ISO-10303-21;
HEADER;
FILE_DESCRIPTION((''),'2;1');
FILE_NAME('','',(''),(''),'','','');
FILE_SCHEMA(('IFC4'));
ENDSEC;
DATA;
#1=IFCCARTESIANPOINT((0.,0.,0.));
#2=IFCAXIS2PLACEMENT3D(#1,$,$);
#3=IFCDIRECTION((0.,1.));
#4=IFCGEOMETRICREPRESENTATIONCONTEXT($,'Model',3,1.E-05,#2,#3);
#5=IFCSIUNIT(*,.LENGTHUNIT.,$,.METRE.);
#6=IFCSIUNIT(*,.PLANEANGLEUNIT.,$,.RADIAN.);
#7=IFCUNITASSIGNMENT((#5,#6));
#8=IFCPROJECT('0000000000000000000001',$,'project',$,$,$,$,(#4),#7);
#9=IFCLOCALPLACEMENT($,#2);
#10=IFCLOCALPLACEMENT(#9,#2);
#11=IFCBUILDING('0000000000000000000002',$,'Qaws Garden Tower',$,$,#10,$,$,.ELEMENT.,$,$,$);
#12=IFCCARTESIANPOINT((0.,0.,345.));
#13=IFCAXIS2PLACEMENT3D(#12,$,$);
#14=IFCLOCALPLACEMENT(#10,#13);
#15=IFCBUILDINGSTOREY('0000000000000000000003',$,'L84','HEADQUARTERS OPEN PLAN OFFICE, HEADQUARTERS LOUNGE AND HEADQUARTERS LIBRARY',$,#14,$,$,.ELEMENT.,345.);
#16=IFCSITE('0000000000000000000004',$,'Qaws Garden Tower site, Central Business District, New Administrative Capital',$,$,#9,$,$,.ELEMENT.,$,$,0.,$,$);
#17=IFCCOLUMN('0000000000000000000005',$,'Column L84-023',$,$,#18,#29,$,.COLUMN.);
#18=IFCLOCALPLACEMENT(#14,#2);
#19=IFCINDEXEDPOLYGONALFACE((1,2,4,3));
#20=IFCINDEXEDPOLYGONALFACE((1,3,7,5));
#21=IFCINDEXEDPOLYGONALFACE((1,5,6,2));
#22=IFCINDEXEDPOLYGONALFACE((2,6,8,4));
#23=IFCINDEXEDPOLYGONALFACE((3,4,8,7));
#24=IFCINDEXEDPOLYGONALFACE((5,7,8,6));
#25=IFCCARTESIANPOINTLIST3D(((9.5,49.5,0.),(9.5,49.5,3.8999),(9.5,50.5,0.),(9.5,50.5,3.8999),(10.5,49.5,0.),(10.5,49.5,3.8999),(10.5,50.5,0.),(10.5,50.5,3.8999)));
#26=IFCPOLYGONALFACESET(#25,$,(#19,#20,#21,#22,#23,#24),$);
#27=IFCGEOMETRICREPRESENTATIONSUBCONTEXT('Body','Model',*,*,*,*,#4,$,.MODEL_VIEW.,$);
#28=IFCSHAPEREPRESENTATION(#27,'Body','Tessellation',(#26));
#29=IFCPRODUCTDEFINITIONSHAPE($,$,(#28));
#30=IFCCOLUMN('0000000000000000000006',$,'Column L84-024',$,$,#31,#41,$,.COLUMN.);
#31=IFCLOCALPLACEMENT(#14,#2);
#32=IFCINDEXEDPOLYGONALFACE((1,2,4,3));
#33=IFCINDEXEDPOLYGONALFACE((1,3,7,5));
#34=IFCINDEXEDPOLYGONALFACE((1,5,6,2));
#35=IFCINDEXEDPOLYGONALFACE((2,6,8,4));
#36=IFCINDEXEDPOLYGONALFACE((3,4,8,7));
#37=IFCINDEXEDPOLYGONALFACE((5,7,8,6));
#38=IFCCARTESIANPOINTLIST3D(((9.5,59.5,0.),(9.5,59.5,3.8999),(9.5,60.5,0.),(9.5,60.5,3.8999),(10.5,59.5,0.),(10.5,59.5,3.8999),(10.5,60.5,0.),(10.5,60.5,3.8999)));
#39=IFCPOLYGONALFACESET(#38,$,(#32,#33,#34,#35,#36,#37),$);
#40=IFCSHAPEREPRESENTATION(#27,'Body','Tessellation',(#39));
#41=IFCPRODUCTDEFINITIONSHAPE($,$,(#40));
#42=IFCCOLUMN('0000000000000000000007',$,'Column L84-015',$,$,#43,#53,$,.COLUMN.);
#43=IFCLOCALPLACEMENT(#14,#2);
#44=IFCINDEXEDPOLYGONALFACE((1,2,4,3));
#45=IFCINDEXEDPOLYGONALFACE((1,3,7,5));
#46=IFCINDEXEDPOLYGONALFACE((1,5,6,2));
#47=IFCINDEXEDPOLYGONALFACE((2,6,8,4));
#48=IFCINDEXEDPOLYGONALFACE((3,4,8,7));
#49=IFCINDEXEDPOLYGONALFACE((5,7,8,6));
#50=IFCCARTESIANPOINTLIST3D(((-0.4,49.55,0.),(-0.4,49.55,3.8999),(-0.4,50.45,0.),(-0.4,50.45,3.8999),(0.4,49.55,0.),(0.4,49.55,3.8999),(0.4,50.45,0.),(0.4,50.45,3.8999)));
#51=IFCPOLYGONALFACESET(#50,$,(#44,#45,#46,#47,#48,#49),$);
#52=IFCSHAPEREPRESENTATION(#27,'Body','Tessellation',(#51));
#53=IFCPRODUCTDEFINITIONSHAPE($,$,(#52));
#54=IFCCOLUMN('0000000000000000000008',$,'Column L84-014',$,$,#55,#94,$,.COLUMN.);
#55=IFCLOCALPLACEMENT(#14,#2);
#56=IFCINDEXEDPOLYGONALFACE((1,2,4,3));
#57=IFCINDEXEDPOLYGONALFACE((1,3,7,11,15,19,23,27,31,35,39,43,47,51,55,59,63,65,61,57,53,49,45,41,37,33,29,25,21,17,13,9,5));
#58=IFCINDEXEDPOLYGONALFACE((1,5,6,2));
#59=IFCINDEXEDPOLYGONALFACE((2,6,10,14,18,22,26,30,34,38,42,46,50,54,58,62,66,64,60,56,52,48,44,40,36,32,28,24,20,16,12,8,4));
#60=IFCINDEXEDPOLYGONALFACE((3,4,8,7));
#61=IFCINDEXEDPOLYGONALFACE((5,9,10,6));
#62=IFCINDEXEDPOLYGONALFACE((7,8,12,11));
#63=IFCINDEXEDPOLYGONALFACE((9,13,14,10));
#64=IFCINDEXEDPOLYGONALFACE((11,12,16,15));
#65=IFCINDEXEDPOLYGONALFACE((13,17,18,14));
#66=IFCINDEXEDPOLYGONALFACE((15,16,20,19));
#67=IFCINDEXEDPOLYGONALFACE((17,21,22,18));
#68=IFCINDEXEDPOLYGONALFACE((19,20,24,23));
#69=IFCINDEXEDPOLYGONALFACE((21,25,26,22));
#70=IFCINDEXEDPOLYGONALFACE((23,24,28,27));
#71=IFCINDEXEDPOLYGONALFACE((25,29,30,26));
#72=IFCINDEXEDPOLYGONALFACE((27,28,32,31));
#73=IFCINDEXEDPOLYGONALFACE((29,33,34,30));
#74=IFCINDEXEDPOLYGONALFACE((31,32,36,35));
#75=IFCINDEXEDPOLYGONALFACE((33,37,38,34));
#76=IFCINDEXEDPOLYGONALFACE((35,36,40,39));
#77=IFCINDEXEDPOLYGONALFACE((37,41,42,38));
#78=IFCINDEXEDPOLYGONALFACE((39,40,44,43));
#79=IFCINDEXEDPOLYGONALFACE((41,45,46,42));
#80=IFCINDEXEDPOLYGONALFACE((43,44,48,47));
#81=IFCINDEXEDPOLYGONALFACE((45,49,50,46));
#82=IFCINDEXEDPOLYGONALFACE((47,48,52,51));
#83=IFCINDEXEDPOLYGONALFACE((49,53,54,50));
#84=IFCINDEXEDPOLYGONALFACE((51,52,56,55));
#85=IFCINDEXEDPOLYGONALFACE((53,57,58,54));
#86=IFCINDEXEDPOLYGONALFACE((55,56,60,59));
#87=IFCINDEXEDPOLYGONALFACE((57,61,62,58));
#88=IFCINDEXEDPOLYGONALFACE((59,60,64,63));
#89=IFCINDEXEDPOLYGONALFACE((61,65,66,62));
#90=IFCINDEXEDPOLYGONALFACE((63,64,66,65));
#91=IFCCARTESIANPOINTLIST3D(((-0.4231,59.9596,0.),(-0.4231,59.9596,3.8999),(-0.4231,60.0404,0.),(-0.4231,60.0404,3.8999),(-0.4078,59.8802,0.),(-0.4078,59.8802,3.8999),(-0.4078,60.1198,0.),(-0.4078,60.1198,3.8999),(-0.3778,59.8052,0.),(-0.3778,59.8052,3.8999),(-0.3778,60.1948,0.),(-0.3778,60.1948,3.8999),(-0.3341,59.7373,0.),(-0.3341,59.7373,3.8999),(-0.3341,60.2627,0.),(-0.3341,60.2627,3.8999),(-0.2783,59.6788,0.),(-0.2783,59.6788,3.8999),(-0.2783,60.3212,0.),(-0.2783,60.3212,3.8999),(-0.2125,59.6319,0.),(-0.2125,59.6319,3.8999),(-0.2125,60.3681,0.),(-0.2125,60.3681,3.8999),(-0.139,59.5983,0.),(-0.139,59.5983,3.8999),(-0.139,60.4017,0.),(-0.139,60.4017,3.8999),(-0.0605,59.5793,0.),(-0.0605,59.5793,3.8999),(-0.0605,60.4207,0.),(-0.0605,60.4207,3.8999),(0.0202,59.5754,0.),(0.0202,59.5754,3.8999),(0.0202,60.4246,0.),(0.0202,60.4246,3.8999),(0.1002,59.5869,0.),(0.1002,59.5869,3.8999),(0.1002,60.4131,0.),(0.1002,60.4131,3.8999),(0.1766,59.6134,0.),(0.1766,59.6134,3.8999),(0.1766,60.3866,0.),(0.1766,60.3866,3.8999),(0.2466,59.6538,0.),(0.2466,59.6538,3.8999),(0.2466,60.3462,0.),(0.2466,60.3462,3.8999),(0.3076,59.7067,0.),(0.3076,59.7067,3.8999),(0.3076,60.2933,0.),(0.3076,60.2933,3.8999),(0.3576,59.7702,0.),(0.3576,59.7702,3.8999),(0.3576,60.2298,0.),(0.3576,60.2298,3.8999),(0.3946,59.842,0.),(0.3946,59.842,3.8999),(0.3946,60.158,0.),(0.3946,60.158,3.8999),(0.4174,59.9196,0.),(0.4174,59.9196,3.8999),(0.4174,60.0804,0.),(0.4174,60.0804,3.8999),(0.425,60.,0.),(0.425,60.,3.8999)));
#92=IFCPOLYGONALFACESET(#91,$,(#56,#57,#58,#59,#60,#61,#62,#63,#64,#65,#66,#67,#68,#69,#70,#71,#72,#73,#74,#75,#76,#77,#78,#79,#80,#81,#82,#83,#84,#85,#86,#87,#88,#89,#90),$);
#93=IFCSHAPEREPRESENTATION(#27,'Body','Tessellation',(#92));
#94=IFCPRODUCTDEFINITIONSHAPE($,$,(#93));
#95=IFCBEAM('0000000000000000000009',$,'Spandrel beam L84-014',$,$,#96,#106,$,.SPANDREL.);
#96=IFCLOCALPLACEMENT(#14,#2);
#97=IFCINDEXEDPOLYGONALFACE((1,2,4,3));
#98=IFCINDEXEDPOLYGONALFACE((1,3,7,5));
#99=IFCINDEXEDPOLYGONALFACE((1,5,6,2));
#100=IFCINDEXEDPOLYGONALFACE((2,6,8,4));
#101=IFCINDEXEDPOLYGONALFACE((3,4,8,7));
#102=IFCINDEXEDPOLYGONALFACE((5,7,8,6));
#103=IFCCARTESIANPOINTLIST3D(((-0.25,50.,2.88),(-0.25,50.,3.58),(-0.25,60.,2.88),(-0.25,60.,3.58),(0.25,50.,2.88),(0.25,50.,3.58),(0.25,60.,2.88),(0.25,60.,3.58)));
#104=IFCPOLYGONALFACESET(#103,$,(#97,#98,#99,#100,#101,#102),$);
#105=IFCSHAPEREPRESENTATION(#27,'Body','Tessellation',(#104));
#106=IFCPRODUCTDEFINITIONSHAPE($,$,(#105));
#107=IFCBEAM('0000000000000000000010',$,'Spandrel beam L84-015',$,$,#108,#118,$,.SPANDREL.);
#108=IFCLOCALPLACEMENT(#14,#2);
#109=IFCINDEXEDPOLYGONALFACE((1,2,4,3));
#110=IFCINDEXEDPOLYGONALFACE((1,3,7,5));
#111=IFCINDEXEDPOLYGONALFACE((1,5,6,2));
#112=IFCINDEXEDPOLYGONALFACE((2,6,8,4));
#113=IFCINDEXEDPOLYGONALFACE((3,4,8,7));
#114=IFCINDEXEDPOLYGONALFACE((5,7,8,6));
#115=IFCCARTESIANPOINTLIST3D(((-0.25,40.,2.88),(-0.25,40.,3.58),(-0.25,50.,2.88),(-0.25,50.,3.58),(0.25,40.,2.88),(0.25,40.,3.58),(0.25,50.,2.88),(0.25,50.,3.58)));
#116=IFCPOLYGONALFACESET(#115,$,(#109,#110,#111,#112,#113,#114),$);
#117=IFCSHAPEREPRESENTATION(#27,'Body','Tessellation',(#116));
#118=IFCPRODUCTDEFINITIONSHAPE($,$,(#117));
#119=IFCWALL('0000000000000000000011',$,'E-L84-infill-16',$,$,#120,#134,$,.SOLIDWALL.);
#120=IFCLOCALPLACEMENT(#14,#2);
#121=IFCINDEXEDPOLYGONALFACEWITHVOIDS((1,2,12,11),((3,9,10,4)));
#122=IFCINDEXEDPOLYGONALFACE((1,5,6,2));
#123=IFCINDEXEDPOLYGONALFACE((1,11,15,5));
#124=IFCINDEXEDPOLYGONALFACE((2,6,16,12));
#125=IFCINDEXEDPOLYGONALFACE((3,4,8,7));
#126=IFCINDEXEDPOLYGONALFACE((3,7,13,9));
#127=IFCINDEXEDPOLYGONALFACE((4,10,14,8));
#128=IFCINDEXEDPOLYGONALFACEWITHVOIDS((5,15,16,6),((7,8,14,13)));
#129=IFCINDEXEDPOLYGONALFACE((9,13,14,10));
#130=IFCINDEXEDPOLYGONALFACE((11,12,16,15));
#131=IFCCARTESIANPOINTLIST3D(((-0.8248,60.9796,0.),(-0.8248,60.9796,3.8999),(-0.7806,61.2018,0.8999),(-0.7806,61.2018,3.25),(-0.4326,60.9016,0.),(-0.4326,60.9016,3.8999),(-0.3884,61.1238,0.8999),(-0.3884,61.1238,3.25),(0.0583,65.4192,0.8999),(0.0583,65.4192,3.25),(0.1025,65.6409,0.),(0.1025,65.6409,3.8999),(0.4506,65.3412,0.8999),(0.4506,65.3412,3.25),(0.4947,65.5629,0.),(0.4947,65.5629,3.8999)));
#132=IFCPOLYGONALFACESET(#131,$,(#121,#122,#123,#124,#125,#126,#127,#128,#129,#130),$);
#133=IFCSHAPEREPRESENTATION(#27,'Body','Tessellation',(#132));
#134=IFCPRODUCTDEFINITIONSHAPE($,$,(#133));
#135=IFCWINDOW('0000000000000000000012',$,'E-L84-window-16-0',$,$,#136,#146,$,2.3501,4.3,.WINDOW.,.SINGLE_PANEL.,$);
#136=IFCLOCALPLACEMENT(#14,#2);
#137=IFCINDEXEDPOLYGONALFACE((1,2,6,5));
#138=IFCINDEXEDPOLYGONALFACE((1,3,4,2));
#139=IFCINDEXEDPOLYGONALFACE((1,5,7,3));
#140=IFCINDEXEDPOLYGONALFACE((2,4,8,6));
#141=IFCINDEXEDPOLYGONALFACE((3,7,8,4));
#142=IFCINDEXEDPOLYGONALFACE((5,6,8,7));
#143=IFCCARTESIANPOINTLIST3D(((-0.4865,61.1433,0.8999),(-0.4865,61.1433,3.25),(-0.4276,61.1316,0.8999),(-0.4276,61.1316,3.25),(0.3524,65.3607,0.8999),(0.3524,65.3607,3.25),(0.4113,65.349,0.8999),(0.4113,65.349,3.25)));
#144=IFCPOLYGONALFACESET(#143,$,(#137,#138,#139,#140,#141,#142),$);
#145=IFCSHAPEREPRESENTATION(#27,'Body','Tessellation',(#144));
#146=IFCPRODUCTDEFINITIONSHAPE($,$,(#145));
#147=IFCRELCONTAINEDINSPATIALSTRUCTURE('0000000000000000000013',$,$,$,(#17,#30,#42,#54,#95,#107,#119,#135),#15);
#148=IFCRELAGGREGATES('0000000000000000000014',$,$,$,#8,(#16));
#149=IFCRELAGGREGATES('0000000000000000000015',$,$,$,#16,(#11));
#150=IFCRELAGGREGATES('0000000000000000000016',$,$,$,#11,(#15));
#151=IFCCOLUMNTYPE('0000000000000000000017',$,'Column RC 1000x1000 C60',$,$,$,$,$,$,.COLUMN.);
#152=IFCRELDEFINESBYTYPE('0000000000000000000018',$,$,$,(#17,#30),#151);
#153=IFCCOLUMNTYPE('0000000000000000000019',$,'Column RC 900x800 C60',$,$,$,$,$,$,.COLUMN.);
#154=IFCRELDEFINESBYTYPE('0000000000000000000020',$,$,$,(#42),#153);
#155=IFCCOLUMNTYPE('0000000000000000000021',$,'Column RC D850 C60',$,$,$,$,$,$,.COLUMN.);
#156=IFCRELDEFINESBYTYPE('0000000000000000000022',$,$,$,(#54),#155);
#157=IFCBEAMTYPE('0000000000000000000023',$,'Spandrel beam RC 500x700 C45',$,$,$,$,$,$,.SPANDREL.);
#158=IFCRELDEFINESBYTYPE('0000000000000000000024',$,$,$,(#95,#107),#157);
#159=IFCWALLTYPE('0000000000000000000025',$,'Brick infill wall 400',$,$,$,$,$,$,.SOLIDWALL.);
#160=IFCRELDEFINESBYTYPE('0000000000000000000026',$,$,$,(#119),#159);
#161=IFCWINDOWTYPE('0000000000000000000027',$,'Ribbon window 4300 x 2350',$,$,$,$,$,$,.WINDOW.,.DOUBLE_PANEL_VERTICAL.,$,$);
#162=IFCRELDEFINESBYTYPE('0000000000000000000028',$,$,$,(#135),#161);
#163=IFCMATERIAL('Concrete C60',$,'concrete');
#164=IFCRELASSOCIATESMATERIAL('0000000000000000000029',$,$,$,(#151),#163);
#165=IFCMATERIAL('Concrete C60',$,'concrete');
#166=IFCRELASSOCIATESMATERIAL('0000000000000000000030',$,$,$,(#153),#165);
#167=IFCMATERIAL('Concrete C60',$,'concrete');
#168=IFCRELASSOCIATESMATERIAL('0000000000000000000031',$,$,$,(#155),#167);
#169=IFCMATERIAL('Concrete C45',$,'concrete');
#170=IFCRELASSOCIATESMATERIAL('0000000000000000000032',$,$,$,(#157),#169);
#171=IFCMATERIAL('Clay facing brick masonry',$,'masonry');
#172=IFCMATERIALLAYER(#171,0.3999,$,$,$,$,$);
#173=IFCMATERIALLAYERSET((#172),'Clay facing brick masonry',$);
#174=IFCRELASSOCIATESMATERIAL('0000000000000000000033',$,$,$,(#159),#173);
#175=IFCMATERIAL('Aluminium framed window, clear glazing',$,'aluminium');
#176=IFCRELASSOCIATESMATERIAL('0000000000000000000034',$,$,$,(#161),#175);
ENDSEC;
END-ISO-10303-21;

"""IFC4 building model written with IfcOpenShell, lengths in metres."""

from ifc_helpers import new_model, si_unit, direction, frame, frame_2d, origin, origin_2d, place, context, subcontext, project, spatial, rectangle, circle, extrude, material, layer, layer_set, material_profile, profile_set, type_object, element, fill, save


model = new_model("IFC4")

# Units and contexts
model_context = context("Model", 3, precision=1e-05, world=origin(), true_north=direction((0.0, 1.0)))
body_context = subcontext(model_context, "Body", "Model", "MODEL_VIEW")
ifc_project = project(units=[si_unit("LENGTHUNIT", "METRE"), si_unit("PLANEANGLEUNIT", "RADIAN")], contexts=[model_context])

# Site, building, storey
site_placement = place(None, origin())
site = spatial("IfcSite", under=ifc_project, at=site_placement, Name="Qaws Garden Tower site, Central Business District, New Administrative Capital", CompositionType="ELEMENT", RefElevation=0.0)
building_placement = place(site_placement, origin())
building = spatial("IfcBuilding", under=site, at=building_placement, Name="Qaws Garden Tower", CompositionType="ELEMENT")
storey_placement = place(building_placement, frame((0.0, 0.0, 345.0)))
storey = spatial("IfcBuildingStorey", under=building, at=storey_placement, Name="L84", Description="HEADQUARTERS OPEN PLAN OFFICE, HEADQUARTERS LOUNGE AND HEADQUARTERS LIBRARY", CompositionType="ELEMENT", Elevation=345.0)

# Columns
ifc_material_1 = material(Name="Concrete C60", Category="concrete")
ifc_material_profile_1 = material_profile(ifc_material_1, rectangle(XDim=1.0, YDim=1.0, at=origin_2d()), Name="RC 1000x1000")
ifc_profile_set_1 = profile_set([ifc_material_profile_1], Name="Concrete C60")
column_type_1 = type_object("IfcColumnType", Name="Column RC 1000x1000 C60", PredefinedType="COLUMN", material=ifc_profile_set_1)
for number, where, z_axis, x_axis, name in (
    (1, (10.0, 50.0, 0.0), (0.0, 0.0, 1.0), (1.0, 0.0, 0.0), "Column L84-023"),
    (2, (10.0, 60.0, 0.0), (0.0, 0.0, 1.0), (1.0, 0.0, 0.0), "Column L84-024"),
):
    element("IfcColumn", number, at=place(storey_placement, frame(where, z_axis=z_axis, x_axis=x_axis)), inside=storey, type_object=column_type_1, Name=name, PredefinedType="COLUMN", context=body_context, shape_type="SweptSolid", body=[
        extrude(rectangle(XDim=1.0, YDim=1.0, at=origin_2d()), origin(), (0.0, 0.0, 1.0), 3.8999),
    ])
ifc_material_2 = material(Name="Concrete C60", Category="concrete")
ifc_material_profile_2 = material_profile(ifc_material_2, rectangle(XDim=0.8999, YDim=0.8, at=origin_2d()), Name="RC 900x800")
ifc_profile_set_2 = profile_set([ifc_material_profile_2], Name="Concrete C60")
column_type_2 = type_object("IfcColumnType", Name="Column RC 900x800 C60", PredefinedType="COLUMN", material=ifc_profile_set_2)
column_1_placement = place(storey_placement, frame((0.0, 50.0, 0.0), z_axis=(0.0, 0.0, 1.0), x_axis=(0.0, 1.0, 0.0)))
element("IfcColumn", 3, at=column_1_placement, inside=storey, type_object=column_type_2, Name="Column L84-015", PredefinedType="COLUMN", context=body_context, shape_type="SweptSolid", body=[
    extrude(rectangle(XDim=0.8999, YDim=0.8, at=origin_2d()), origin(), (0.0, 0.0, 1.0), 3.8999),
])
ifc_material_3 = material(Name="Concrete C60", Category="concrete")
ifc_material_profile_3 = material_profile(ifc_material_3, circle(Radius=0.425, at=origin_2d()), Name="RC D850")
ifc_profile_set_3 = profile_set([ifc_material_profile_3], Name="Concrete C60")
column_type_3 = type_object("IfcColumnType", Name="Column RC D850 C60", PredefinedType="COLUMN", material=ifc_profile_set_3)
column_2_placement = place(storey_placement, frame((0.0, 60.0, 0.0), z_axis=(0.0, 0.0, 1.0), x_axis=(1.0, 0.0, 0.0)))
element("IfcColumn", 4, at=column_2_placement, inside=storey, type_object=column_type_3, Name="Column L84-014", PredefinedType="COLUMN", context=body_context, shape_type="SweptSolid", body=[
    extrude(circle(Radius=0.425, at=origin_2d()), origin(), (0.0, 0.0, 1.0), 3.8999),
])

# Beams
ifc_material_4 = material(Name="Concrete C45", Category="concrete")
ifc_material_profile_4 = material_profile(ifc_material_4, rectangle(XDim=0.5, YDim=0.7, at=origin_2d()), Name="RC 500x700")
ifc_profile_set_4 = profile_set([ifc_material_profile_4], Name="Concrete C45")
beam_type = type_object("IfcBeamType", Name="Spandrel beam RC 500x700 C45", PredefinedType="SPANDREL", material=ifc_profile_set_4)
for number, where, z_axis, x_axis, name in (
    (5, (0.0, 60.0, 3.23), (0.0, -1.0, 0.0), (1.0, 0.0, 0.0), "Spandrel beam L84-014"),
    (6, (0.0, 50.0, 3.23), (0.0, -1.0, 0.0), (1.0, 0.0, 0.0), "Spandrel beam L84-015"),
):
    element("IfcBeam", number, at=place(storey_placement, frame(where, z_axis=z_axis, x_axis=x_axis)), inside=storey, type_object=beam_type, Name=name, PredefinedType="SPANDREL", context=body_context, shape_type="SweptSolid", body=[
        extrude(rectangle(XDim=0.5, YDim=0.7, at=origin_2d()), origin(), (0.0, 0.0, 1.0), 10.0),
    ])

# Wall, opening, window
ifc_material_5 = material(Name="Clay facing brick masonry", Category="masonry")
ifc_layer_1 = layer(ifc_material_5, 0.3999)
ifc_layer_set_1 = layer_set([ifc_layer_1], Name="Clay facing brick masonry")
wall_type_1 = type_object("IfcWallType", Name="Brick infill wall 400", PredefinedType="SOLIDWALL", material=ifc_layer_set_1)
wall_1_placement = place(storey_placement, frame((0.2986, 65.6021, 0.0), z_axis=(0.0, 0.0, 1.0), x_axis=(-0.195099, -0.980784, 0.0)))
wall_1 = element("IfcWall", 7, at=wall_1_placement, inside=storey, type_object=wall_type_1, Name="E-L84-infill-16", PredefinedType="SOLIDWALL", context=body_context, shape_type="SweptSolid", body=[
    extrude(rectangle(XDim=4.7527, YDim=0.3999, at=frame_2d((2.3765, 0.0))), origin(), (0.0, 0.0, 1.0), 3.8999),
])
opening_1_placement = place(wall_1_placement, frame((0.2263, 0.0, 0.8999)))
opening_1 = element("IfcOpeningElement", 8, at=opening_1_placement, cuts=wall_1, PredefinedType="OPENING", context=body_context, shape_type="SweptSolid", body=[
    extrude(rectangle(XDim=4.3, YDim=2.3501, at=frame_2d((2.1499, 1.175))), frame((0.0, 0.21, 0.0), z_axis=(0.0, -1.0, 0.0), x_axis=(1.0, 0.0, 0.0)), (0.0, 0.0, 1.0), 0.4199),
])
ifc_material_6 = material(Name="Aluminium framed window, clear glazing", Category="aluminium")
window_type_1 = type_object("IfcWindowType", Name="Ribbon window 4300 x 2350", PartitioningType="DOUBLE_PANEL_VERTICAL", PredefinedType="WINDOW", material=ifc_material_6)
window_1_placement = place(opening_1_placement, origin())
window_1 = element("IfcWindow", 9, at=window_1_placement, inside=storey, type_object=window_type_1, Name="E-L84-window-16-0", OverallHeight=2.3501, OverallWidth=4.3, PartitioningType="SINGLE_PANEL", PredefinedType="WINDOW", context=body_context, shape_type="SweptSolid", body=[
    extrude(rectangle(XDim=4.3, YDim=2.3501, at=frame_2d((2.1499, 1.175))), frame((0.0, 0.1599, 0.0), z_axis=(0.0, -1.0, 0.0), x_axis=(1.0, 0.0, 0.0)), (0.0, 0.0, 1.0), 0.0601),
])
fill(opening_1, window_1)

save(model, "model.ifc")
